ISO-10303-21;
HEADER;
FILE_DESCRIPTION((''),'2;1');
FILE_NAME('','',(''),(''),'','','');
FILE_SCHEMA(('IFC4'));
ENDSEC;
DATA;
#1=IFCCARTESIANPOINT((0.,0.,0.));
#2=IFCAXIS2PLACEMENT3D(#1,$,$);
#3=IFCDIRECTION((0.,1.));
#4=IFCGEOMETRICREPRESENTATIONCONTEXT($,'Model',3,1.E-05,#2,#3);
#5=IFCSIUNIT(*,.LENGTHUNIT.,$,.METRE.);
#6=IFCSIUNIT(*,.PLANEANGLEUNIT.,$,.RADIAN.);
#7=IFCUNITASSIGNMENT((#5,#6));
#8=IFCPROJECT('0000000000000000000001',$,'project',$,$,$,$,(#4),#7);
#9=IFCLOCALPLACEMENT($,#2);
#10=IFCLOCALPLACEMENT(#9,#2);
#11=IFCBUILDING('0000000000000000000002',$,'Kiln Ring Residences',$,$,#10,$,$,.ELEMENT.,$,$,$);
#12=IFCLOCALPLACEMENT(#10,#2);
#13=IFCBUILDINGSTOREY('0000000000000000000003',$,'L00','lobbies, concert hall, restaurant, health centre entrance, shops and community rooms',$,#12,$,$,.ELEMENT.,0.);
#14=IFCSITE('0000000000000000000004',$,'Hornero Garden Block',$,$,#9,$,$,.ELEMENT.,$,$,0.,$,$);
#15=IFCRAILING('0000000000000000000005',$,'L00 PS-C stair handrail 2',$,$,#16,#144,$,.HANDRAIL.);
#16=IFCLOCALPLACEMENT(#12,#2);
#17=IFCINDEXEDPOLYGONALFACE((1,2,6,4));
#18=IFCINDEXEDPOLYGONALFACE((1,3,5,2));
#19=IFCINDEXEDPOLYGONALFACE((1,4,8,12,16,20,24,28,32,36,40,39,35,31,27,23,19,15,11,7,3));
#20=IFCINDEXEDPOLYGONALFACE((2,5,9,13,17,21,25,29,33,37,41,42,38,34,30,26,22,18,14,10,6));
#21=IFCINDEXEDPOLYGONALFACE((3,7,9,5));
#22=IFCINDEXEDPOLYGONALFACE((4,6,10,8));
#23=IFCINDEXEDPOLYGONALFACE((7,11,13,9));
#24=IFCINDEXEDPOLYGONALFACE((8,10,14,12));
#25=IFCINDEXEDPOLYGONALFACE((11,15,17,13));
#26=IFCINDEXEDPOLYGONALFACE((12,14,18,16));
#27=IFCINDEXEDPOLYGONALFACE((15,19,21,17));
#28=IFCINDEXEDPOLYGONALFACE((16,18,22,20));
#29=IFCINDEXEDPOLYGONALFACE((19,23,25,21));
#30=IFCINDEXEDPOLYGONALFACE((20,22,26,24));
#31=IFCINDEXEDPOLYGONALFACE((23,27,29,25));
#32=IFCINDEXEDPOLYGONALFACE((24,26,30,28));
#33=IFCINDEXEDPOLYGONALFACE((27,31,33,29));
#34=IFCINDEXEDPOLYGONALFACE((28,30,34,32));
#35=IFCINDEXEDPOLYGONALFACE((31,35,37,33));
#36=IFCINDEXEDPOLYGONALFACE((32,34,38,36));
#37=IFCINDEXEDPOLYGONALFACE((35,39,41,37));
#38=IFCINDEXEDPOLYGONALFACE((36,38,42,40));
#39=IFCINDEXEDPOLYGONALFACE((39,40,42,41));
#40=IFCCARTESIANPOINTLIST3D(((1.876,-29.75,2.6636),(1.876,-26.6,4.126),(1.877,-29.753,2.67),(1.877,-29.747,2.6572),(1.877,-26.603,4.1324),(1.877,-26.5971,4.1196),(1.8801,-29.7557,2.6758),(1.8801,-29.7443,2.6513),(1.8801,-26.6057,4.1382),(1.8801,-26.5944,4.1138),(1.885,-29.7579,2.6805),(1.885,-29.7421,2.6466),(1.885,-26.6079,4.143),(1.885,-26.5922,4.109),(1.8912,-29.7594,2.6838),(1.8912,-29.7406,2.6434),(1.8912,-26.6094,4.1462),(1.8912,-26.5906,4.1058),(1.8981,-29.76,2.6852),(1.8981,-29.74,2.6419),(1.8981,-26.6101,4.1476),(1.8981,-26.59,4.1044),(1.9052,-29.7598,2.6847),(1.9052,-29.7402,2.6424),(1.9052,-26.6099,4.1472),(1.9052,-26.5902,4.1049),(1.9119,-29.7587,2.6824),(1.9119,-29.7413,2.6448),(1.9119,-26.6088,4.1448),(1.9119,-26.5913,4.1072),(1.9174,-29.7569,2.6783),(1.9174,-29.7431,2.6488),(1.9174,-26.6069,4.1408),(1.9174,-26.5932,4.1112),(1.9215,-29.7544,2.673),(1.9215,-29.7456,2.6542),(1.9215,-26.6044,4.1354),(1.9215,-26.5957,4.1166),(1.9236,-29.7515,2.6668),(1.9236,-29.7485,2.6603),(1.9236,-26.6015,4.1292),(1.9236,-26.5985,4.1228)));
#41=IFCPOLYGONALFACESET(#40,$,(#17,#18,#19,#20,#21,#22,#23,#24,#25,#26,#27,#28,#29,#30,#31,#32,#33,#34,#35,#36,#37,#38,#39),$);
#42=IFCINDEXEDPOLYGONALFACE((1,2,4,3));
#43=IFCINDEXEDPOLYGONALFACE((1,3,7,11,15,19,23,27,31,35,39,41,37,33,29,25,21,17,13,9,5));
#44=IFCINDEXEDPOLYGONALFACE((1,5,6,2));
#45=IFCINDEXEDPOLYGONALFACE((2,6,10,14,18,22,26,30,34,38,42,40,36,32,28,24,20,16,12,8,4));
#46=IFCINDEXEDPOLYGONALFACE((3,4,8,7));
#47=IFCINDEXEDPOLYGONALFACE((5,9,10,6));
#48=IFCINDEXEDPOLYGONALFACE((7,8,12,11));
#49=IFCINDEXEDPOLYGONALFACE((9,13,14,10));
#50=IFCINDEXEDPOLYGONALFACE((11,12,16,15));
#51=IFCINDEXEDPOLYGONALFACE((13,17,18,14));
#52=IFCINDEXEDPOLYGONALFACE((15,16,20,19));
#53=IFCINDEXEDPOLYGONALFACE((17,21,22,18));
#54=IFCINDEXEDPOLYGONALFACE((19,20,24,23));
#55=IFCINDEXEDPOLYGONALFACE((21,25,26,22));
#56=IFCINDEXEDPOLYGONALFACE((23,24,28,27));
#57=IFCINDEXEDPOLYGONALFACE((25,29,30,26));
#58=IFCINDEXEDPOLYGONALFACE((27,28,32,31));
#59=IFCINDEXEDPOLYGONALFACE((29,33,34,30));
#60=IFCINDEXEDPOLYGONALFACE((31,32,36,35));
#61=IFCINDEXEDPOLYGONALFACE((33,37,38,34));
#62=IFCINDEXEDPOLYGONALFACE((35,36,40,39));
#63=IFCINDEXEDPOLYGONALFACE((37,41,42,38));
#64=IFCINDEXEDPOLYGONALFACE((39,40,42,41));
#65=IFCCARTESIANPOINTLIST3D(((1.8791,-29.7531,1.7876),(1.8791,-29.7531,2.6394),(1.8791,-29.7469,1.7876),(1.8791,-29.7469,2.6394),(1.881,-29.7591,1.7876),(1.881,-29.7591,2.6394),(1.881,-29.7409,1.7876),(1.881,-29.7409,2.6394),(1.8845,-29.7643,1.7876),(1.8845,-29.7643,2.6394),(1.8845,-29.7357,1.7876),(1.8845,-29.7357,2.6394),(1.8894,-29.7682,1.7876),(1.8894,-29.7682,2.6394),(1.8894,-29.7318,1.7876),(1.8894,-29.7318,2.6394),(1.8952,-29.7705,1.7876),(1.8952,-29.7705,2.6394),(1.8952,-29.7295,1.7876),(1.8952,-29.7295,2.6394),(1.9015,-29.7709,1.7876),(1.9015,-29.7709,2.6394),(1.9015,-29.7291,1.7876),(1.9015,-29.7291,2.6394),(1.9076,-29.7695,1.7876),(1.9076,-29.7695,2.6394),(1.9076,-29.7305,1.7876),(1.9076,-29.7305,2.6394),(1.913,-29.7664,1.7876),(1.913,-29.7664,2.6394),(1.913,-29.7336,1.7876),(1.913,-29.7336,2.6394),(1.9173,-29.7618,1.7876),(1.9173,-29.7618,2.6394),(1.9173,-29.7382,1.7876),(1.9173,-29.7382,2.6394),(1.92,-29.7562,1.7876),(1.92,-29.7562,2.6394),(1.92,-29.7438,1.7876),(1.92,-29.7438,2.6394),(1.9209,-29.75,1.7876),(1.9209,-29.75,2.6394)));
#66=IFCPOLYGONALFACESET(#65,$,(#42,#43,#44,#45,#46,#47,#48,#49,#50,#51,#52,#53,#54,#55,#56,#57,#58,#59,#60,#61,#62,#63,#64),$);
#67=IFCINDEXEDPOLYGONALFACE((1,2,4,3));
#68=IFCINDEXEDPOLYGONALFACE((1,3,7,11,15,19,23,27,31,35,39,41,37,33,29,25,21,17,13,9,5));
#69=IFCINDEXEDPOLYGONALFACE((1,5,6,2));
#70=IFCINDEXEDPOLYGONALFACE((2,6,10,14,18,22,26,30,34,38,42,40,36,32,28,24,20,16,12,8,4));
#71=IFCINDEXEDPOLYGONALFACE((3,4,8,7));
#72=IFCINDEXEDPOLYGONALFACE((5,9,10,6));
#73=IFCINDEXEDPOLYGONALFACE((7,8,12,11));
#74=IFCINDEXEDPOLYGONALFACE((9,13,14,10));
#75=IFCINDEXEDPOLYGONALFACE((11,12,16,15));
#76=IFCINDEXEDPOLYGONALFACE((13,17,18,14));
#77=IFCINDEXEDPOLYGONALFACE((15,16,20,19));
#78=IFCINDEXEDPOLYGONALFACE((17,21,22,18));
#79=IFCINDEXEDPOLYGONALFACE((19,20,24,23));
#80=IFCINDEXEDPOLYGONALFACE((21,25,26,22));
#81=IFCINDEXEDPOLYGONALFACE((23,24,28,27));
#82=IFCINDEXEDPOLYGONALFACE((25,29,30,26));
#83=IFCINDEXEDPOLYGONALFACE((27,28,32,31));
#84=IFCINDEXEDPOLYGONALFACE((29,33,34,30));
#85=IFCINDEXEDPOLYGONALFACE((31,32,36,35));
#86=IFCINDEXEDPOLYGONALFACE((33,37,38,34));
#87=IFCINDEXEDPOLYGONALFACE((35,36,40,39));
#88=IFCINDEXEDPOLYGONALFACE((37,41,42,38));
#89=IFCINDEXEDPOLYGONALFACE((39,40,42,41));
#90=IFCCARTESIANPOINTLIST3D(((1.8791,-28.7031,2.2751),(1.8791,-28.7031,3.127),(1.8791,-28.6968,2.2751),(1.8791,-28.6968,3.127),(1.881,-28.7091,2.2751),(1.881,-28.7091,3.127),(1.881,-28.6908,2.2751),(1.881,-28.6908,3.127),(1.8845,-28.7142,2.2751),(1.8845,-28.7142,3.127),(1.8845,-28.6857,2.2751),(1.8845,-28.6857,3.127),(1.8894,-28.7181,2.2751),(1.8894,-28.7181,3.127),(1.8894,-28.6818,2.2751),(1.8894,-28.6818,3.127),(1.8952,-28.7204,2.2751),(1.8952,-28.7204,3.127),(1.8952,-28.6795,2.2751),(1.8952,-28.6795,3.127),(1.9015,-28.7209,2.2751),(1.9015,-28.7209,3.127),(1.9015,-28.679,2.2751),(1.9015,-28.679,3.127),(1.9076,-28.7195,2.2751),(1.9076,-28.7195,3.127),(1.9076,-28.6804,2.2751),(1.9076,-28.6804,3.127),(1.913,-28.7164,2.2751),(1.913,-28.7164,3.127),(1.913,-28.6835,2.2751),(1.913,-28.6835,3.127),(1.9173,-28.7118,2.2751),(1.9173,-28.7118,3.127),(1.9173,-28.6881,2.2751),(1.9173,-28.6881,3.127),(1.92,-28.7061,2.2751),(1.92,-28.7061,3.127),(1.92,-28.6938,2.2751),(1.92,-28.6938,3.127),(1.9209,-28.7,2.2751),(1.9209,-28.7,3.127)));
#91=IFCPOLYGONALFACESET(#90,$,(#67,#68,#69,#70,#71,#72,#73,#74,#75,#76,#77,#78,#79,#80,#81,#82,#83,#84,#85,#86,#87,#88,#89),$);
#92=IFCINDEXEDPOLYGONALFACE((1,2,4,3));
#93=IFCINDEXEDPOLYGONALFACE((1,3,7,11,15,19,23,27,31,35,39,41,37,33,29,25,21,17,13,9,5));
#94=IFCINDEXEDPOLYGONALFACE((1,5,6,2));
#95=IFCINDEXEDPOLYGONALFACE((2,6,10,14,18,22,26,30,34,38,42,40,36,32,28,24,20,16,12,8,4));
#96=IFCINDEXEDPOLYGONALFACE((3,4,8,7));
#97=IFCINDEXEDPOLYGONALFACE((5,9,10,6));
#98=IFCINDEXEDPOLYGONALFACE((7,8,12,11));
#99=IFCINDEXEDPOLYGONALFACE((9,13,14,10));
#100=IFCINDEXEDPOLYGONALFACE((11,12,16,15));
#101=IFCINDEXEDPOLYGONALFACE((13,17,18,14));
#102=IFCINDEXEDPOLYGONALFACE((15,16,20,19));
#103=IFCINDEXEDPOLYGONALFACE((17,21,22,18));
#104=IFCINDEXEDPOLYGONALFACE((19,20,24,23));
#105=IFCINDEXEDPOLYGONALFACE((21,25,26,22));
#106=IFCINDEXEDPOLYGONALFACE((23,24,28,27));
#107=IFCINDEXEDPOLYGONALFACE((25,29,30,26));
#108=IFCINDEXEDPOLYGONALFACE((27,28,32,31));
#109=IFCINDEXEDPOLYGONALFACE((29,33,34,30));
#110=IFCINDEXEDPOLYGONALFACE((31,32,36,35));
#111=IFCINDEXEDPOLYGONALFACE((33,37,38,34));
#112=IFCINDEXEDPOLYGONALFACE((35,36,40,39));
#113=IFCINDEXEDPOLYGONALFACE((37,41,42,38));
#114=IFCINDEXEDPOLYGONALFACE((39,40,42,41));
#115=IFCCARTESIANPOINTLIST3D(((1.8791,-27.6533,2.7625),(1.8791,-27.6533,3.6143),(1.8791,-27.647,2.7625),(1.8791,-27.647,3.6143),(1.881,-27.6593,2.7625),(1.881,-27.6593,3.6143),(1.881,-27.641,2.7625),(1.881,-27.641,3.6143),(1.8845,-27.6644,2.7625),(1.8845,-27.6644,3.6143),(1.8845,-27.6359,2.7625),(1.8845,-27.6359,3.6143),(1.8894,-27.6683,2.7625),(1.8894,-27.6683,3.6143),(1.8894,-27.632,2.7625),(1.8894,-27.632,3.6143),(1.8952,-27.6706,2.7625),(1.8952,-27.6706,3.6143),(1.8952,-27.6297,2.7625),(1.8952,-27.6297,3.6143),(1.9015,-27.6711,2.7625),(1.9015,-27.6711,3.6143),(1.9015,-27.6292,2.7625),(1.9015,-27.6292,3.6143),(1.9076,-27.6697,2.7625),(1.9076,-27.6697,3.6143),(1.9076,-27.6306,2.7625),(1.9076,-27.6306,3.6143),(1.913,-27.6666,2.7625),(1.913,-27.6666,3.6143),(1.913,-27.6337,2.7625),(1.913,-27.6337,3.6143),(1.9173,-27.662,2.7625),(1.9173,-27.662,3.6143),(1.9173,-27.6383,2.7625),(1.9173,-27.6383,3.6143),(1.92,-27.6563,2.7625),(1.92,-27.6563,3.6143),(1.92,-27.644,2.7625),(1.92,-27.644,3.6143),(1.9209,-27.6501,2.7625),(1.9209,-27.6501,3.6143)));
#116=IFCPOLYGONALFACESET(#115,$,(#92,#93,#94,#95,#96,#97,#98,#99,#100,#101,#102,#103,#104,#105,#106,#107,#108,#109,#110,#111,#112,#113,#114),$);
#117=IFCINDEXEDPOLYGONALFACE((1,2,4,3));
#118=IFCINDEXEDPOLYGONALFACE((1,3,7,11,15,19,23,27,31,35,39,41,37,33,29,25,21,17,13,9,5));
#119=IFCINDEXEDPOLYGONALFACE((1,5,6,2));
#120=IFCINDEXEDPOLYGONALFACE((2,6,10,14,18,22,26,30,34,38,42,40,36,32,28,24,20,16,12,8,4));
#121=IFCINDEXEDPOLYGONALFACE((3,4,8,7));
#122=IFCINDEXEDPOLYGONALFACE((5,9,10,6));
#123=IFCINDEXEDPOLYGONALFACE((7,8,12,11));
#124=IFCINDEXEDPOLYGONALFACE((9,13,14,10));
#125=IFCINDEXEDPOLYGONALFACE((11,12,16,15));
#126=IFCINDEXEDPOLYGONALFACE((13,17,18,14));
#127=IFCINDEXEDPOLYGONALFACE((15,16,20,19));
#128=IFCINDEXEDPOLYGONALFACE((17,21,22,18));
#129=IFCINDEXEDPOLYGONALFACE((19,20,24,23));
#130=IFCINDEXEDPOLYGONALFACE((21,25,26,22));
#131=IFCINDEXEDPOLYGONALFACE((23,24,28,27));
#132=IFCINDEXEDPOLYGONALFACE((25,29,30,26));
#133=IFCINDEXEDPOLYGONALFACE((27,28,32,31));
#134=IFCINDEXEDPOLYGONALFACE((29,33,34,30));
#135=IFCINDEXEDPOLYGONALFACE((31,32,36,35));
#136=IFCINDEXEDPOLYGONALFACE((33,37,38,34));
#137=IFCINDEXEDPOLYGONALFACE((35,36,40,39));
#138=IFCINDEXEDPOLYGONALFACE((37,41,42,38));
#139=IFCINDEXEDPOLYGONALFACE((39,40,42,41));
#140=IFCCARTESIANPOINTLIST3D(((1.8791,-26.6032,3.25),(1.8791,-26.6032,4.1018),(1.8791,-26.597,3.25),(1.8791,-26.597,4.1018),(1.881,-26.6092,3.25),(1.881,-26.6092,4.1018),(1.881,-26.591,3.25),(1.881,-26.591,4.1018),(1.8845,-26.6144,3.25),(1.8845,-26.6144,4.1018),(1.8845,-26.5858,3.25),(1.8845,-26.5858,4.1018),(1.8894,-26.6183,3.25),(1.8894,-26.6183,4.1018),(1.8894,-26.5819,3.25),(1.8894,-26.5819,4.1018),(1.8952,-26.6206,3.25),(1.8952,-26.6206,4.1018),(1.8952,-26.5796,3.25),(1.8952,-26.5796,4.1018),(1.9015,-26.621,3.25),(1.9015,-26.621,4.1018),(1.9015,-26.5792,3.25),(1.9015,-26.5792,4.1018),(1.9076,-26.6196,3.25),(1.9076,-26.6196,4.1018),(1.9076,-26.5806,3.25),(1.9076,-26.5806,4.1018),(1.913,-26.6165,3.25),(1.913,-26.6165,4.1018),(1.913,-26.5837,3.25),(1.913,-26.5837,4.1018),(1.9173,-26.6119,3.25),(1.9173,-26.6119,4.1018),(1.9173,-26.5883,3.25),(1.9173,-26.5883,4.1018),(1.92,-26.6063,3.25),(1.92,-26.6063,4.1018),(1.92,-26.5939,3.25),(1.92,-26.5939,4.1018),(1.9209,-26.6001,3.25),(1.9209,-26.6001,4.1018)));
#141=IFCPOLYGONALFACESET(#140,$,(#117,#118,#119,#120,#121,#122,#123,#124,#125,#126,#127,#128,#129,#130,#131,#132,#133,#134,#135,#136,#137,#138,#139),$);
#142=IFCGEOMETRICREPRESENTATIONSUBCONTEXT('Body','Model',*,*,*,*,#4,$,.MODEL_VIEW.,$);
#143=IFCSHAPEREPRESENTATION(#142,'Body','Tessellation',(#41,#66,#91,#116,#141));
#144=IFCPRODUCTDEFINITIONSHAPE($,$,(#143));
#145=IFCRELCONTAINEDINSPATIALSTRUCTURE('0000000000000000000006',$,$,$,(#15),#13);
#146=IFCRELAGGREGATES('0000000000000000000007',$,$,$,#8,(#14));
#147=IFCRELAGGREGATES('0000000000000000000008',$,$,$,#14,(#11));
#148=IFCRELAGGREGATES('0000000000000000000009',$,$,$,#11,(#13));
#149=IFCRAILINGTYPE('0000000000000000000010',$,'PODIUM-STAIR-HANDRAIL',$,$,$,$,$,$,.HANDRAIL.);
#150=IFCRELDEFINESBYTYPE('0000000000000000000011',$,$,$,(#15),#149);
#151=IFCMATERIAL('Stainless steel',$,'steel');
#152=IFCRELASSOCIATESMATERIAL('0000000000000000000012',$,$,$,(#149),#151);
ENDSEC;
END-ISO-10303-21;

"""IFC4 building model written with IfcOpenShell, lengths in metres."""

from ifc_helpers import new_model, si_unit, direction, frame, origin, origin_2d, place, context, subcontext, project, spatial, circle, extrude, material, type_object, element, save


model = new_model("IFC4")

# Units and contexts
model_context = context("Model", 3, precision=1e-05, world=origin(), true_north=direction((0.0, 1.0)))
body_context = subcontext(model_context, "Body", "Model", "MODEL_VIEW")
ifc_project = project(units=[si_unit("LENGTHUNIT", "METRE"), si_unit("PLANEANGLEUNIT", "RADIAN")], contexts=[model_context])

# Site, building, storey
site_placement = place(None, origin())
site = spatial("IfcSite", under=ifc_project, at=site_placement, Name="Hornero Garden Block", CompositionType="ELEMENT", RefElevation=0.0)
building_placement = place(site_placement, origin())
building = spatial("IfcBuilding", under=site, at=building_placement, Name="Kiln Ring Residences", CompositionType="ELEMENT")
storey_placement = place(building_placement, origin())
storey = spatial("IfcBuildingStorey", under=building, at=storey_placement, Name="L00", Description="lobbies, concert hall, restaurant, health centre entrance, shops and community rooms", CompositionType="ELEMENT", Elevation=0.0)

# Railing
ifc_material_1 = material(Name="Stainless steel", Category="steel")
railing_type_1 = type_object("IfcRailingType", Name="PODIUM-STAIR-HANDRAIL", PredefinedType="HANDRAIL", material=ifc_material_1)
for number, where, name in (
    (1, (1.8999, -29.75, 1.7876), "L00 PS-C stair handrail 2"),
):
    element("IfcRailing", number, at=place(storey_placement, frame(where)), inside=storey, type_object=railing_type_1, Name=name, PredefinedType="HANDRAIL", context=body_context, shape_type="SweptSolid", body=[
        extrude(circle(Radius=0.0239, at=origin_2d()), frame((0.0, 0.0, 0.876), z_axis=(0.0, 0.907015, 0.421099), x_axis=(-1.0, 0.0, 0.0)), (0.0, 0.0, 1.0), 3.4729),
        extrude(circle(Radius=0.021, at=origin_2d()), origin(), (0.0, 0.0, 1.0), 0.8518),
        extrude(circle(Radius=0.021, at=origin_2d()), frame((0.0, 1.05, 0.4875)), (0.0, 0.0, 1.0), 0.8518),
        extrude(circle(Radius=0.021, at=origin_2d()), frame((0.0, 2.0999, 0.9749)), (0.0, 0.0, 1.0), 0.8518),
        extrude(circle(Radius=0.021, at=origin_2d()), frame((0.0, 3.1499, 1.4624)), (0.0, 0.0, 1.0), 0.8518),
    ])

save(model, "model.ifc")
